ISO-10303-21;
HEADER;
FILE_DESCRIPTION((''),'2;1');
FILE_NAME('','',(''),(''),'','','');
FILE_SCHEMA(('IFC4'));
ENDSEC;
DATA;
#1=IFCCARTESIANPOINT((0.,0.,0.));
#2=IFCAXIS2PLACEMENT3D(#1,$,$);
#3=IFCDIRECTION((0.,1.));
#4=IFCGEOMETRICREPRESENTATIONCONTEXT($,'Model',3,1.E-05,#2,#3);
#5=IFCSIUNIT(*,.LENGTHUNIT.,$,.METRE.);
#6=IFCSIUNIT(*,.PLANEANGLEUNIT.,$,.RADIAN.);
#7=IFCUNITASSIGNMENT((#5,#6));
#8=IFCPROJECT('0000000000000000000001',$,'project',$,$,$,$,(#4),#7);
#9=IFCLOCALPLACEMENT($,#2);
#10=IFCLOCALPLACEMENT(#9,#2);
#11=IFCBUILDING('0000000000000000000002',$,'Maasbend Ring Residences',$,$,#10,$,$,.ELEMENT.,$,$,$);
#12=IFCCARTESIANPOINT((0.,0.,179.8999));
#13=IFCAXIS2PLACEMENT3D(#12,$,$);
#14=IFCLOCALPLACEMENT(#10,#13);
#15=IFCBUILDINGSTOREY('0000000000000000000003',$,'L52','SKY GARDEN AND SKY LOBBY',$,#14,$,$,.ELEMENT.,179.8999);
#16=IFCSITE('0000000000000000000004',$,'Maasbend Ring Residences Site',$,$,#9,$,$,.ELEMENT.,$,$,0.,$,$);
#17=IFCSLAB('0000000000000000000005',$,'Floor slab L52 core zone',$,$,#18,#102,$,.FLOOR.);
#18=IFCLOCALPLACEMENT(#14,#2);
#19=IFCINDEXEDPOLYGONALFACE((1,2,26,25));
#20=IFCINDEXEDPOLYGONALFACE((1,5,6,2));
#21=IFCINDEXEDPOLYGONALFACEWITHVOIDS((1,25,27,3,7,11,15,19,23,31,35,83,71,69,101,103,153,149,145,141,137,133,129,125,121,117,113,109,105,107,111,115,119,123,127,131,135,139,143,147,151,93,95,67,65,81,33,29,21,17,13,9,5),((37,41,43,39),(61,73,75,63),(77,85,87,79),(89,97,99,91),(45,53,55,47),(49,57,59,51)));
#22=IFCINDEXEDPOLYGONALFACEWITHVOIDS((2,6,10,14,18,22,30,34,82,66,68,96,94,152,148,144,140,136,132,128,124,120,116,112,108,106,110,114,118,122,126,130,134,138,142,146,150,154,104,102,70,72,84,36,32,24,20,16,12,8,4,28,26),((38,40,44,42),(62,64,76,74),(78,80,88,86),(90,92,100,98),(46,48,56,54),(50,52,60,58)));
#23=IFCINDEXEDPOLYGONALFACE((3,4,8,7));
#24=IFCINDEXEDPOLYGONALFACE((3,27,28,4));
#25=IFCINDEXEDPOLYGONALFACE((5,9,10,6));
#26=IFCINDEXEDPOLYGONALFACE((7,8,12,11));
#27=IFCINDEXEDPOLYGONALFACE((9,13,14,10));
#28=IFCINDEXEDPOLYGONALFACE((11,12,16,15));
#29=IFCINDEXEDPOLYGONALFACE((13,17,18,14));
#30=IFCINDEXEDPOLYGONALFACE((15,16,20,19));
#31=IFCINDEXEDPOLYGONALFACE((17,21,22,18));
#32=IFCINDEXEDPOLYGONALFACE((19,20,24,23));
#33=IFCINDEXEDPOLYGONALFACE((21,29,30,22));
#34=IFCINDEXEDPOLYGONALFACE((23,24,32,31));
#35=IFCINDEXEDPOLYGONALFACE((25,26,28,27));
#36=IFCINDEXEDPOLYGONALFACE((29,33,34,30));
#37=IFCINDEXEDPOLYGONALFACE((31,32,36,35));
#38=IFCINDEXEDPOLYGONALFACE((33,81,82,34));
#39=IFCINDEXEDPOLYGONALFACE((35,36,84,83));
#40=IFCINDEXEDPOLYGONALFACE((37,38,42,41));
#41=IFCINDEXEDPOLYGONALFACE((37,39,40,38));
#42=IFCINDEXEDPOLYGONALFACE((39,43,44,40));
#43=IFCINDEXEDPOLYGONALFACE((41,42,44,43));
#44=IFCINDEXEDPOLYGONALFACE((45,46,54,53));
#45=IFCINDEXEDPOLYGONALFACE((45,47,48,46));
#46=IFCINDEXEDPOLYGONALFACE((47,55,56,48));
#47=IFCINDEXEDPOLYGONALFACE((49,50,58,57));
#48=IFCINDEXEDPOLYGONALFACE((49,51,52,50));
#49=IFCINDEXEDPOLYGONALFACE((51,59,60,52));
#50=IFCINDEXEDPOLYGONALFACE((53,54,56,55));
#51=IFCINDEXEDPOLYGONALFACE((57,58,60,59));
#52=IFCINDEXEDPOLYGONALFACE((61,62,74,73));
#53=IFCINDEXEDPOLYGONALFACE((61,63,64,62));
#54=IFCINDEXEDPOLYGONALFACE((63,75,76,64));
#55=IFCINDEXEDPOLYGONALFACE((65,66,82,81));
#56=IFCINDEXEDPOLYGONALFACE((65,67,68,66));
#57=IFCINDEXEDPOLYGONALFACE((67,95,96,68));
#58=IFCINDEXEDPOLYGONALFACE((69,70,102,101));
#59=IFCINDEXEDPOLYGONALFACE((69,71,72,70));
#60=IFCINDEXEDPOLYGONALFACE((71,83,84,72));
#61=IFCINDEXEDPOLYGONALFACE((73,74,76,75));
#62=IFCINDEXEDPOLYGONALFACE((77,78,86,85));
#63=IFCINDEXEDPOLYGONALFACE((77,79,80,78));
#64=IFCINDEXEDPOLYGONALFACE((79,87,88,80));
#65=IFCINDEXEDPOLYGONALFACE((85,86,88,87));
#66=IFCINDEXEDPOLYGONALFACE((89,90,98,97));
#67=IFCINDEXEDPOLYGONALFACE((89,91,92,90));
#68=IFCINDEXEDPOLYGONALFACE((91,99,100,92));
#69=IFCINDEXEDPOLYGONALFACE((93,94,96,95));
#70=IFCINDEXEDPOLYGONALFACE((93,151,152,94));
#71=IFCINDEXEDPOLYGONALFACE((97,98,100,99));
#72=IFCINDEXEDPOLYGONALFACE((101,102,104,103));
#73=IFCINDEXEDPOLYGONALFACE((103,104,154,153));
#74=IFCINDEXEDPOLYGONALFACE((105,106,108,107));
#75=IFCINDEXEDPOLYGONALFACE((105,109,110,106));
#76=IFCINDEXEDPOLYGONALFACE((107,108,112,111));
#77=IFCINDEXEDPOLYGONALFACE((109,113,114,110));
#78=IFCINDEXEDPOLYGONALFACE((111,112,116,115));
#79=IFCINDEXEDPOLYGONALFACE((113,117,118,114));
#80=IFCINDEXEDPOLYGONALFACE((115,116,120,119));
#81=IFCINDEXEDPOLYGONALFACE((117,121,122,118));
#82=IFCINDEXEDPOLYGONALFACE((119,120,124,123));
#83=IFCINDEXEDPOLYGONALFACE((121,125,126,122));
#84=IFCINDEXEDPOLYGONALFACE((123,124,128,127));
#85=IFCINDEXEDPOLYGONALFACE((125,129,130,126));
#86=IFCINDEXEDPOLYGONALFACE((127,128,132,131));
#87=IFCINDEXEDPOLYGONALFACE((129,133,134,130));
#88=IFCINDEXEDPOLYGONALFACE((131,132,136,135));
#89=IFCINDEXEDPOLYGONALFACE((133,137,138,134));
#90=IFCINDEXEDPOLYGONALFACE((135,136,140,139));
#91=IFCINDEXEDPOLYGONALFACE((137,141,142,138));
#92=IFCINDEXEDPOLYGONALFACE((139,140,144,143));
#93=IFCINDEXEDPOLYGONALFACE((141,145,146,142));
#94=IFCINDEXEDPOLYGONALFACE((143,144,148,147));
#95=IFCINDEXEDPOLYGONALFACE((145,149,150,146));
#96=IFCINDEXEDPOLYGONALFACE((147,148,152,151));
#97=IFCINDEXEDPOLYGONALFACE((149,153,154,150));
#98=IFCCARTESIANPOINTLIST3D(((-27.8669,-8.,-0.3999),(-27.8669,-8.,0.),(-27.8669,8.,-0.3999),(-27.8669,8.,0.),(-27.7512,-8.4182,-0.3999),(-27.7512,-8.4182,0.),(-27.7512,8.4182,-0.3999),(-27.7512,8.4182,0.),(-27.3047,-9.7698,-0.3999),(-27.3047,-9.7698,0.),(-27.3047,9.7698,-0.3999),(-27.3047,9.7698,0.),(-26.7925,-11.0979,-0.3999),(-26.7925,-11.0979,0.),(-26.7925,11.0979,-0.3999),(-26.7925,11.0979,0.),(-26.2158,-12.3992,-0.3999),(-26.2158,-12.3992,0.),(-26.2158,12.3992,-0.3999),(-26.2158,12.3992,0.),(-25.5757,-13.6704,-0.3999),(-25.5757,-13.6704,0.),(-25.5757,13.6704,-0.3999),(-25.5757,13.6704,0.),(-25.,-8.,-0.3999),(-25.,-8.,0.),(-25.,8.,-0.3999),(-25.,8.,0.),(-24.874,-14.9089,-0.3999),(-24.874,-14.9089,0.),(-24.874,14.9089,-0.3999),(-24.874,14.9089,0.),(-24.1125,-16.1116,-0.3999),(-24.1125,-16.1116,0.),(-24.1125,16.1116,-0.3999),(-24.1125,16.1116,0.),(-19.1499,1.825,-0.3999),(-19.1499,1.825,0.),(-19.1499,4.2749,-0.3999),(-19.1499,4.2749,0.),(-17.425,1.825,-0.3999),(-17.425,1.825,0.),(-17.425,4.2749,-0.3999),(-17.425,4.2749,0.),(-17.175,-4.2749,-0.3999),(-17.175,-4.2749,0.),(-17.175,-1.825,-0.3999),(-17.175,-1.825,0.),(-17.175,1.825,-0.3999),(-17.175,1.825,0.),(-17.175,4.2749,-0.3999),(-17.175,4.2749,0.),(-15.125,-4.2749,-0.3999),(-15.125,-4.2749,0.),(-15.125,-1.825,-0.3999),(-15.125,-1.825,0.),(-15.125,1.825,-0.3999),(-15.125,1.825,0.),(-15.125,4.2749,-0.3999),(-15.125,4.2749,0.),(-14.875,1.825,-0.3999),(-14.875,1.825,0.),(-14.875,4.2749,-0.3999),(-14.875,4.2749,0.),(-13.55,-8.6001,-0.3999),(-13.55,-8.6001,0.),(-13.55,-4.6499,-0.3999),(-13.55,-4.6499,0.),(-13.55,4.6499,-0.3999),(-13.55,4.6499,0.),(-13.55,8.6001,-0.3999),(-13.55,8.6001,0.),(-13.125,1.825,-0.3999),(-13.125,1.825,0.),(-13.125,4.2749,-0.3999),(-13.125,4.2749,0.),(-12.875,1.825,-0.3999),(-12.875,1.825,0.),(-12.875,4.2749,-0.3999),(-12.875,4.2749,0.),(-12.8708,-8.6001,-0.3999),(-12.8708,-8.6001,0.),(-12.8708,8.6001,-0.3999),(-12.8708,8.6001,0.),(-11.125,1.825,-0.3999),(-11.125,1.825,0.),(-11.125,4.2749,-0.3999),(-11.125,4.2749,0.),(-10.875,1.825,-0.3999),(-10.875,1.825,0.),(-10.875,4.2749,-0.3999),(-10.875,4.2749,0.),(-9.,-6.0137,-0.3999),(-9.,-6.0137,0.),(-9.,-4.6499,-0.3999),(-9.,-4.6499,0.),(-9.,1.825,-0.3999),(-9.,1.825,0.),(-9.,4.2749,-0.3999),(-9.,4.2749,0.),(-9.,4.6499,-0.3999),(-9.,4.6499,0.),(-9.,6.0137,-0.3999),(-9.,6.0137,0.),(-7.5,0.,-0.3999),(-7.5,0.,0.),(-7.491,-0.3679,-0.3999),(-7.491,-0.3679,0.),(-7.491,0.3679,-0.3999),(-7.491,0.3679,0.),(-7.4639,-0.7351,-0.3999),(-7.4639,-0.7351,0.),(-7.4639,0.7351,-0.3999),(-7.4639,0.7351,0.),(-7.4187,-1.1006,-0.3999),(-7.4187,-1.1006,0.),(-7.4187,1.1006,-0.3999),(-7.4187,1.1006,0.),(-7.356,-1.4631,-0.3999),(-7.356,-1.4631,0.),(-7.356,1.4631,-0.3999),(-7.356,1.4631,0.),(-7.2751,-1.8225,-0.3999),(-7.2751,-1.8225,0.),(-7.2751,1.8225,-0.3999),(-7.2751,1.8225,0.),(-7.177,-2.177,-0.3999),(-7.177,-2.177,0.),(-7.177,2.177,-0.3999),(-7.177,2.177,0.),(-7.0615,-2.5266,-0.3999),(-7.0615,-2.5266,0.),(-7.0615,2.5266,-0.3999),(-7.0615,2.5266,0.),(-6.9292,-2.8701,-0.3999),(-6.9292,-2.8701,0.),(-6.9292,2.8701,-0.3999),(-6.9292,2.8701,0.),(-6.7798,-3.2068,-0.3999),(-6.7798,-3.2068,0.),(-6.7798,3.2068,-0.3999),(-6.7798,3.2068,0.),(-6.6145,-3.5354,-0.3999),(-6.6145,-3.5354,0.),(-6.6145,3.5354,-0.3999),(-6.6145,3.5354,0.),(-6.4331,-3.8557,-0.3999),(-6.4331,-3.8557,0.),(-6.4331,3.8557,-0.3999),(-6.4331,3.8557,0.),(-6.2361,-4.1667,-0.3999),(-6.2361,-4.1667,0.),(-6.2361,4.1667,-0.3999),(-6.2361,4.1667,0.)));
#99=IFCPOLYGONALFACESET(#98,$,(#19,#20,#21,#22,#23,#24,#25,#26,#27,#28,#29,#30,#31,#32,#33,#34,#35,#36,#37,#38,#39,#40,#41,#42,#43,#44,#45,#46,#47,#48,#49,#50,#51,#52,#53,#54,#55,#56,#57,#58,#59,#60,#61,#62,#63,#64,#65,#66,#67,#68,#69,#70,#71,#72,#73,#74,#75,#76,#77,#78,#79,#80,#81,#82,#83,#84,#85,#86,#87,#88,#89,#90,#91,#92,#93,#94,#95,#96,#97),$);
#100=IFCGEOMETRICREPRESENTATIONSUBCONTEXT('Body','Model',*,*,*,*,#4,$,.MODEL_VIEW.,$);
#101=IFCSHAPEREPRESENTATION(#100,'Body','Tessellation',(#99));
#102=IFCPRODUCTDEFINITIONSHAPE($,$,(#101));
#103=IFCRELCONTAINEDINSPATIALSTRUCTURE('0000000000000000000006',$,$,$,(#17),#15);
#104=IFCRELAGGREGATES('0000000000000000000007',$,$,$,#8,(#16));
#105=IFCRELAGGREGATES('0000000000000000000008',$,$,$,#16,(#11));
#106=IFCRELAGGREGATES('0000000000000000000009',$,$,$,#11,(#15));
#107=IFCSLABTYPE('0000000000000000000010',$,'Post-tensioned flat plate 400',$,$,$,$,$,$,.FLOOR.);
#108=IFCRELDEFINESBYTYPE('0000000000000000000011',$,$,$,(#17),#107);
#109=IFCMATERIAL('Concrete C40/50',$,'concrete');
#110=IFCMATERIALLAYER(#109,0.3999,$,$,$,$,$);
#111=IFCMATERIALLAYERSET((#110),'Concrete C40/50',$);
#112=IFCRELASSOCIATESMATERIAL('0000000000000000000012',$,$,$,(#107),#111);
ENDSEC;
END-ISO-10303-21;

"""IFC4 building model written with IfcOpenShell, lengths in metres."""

from ifc_helpers import new_model, si_unit, direction, frame, origin, place, context, subcontext, project, spatial, polyline, outline, extrude, material, layer, layer_set, type_object, element, save


model = new_model("IFC4")

# Units and contexts
model_context = context("Model", 3, precision=1e-05, world=origin(), true_north=direction((0.0, 1.0)))
body_context = subcontext(model_context, "Body", "Model", "MODEL_VIEW")
ifc_project = project(units=[si_unit("LENGTHUNIT", "METRE"), si_unit("PLANEANGLEUNIT", "RADIAN")], contexts=[model_context])

# Site, building, storey
site_placement = place(None, origin())
site = spatial("IfcSite", under=ifc_project, at=site_placement, Name="Maasbend Ring Residences Site", CompositionType="ELEMENT", RefElevation=0.0)
building_placement = place(site_placement, origin())
building = spatial("IfcBuilding", under=site, at=building_placement, Name="Maasbend Ring Residences", CompositionType="ELEMENT")
storey_placement = place(building_placement, frame((0.0, 0.0, 179.8999)))
storey = spatial("IfcBuildingStorey", under=building, at=storey_placement, Name="L52", Description="SKY GARDEN AND SKY LOBBY", CompositionType="ELEMENT", Elevation=179.8999)

# Slab
ifc_material_1 = material(Name="Concrete C40/50", Category="concrete")
ifc_layer_1 = layer(ifc_material_1, 0.3999)
ifc_layer_set_1 = layer_set([ifc_layer_1], Name="Concrete C40/50")
slab_type_1 = type_object("IfcSlabType", Name="Post-tensioned flat plate 400", PredefinedType="FLOOR", material=ifc_layer_set_1)
slab_1_placement = place(storey_placement, frame((0.0, 0.0, -0.3999)))
element("IfcSlab", 1, at=slab_1_placement, inside=storey, type_object=slab_type_1, Name="Floor slab L52 core zone", PredefinedType="FLOOR", context=body_context, shape_type="SweptSolid", body=[
    extrude(outline(polyline([(-24.1125, -16.1116), (-12.8708, -8.6001), (-13.55, -8.6001), (-13.55, -4.6499), (-9.0, -4.6499), (-9.0, -6.0137), (-6.2361, -4.1667), (-6.4331, -3.8557), (-6.6145, -3.5354), (-6.7798, -3.2068), (-6.9292, -2.8701), (-7.0615, -2.5266), (-7.177, -2.177), (-7.2751, -1.8225), (-7.356, -1.4631), (-7.4187, -1.1006), (-7.4639, -0.7351), (-7.491, -0.3679), (-7.5, 0.0), (-7.491, 0.3679), (-7.4639, 0.7351), (-7.4187, 1.1006), (-7.356, 1.4631), (-7.2751, 1.8225), (-7.177, 2.177), (-7.0615, 2.5266), (-6.9292, 2.8701), (-6.7798, 3.2068), (-6.6145, 3.5354), (-6.4331, 3.8557), (-6.2361, 4.1667), (-9.0, 6.0137), (-9.0, 4.6499), (-13.55, 4.6499), (-13.55, 8.6001), (-12.8708, 8.6001), (-24.1125, 16.1116), (-24.1125, 16.1116), (-24.874, 14.9089), (-25.5757, 13.6704), (-26.2158, 12.3992), (-26.7925, 11.0979), (-27.3047, 9.7698), (-27.7512, 8.4182), (-27.8669, 8.0), (-25.0, 8.0), (-25.0, -8.0), (-27.8669, -8.0), (-27.7512, -8.4182), (-27.3047, -9.7698), (-26.7925, -11.0979), (-26.2158, -12.3992), (-25.5757, -13.6704), (-24.874, -14.9089), (-24.1125, -16.1116)]), holes=[polyline([(-10.875, 4.2749), (-9.0, 4.2749), (-9.0, 1.825), (-10.875, 1.825), (-10.875, 4.2749)]), polyline([(-12.875, 4.2749), (-11.125, 4.2749), (-11.125, 1.825), (-12.875, 1.825), (-12.875, 4.2749)]), polyline([(-14.875, 4.2749), (-13.125, 4.2749), (-13.125, 1.825), (-14.875, 1.825), (-14.875, 4.2749)]), polyline([(-17.175, -1.825), (-15.125, -1.825), (-15.125, -4.2749), (-17.175, -4.2749), (-17.175, -1.825)]), polyline([(-17.175, 4.2749), (-15.125, 4.2749), (-15.125, 1.825), (-17.175, 1.825), (-17.175, 4.2749)]), polyline([(-19.1499, 4.2749), (-17.425, 4.2749), (-17.425, 1.825), (-19.1499, 1.825), (-19.1499, 4.2749)])]), origin(), (0.0, 0.0, 1.0), 0.3999),
])

save(model, "model.ifc")
